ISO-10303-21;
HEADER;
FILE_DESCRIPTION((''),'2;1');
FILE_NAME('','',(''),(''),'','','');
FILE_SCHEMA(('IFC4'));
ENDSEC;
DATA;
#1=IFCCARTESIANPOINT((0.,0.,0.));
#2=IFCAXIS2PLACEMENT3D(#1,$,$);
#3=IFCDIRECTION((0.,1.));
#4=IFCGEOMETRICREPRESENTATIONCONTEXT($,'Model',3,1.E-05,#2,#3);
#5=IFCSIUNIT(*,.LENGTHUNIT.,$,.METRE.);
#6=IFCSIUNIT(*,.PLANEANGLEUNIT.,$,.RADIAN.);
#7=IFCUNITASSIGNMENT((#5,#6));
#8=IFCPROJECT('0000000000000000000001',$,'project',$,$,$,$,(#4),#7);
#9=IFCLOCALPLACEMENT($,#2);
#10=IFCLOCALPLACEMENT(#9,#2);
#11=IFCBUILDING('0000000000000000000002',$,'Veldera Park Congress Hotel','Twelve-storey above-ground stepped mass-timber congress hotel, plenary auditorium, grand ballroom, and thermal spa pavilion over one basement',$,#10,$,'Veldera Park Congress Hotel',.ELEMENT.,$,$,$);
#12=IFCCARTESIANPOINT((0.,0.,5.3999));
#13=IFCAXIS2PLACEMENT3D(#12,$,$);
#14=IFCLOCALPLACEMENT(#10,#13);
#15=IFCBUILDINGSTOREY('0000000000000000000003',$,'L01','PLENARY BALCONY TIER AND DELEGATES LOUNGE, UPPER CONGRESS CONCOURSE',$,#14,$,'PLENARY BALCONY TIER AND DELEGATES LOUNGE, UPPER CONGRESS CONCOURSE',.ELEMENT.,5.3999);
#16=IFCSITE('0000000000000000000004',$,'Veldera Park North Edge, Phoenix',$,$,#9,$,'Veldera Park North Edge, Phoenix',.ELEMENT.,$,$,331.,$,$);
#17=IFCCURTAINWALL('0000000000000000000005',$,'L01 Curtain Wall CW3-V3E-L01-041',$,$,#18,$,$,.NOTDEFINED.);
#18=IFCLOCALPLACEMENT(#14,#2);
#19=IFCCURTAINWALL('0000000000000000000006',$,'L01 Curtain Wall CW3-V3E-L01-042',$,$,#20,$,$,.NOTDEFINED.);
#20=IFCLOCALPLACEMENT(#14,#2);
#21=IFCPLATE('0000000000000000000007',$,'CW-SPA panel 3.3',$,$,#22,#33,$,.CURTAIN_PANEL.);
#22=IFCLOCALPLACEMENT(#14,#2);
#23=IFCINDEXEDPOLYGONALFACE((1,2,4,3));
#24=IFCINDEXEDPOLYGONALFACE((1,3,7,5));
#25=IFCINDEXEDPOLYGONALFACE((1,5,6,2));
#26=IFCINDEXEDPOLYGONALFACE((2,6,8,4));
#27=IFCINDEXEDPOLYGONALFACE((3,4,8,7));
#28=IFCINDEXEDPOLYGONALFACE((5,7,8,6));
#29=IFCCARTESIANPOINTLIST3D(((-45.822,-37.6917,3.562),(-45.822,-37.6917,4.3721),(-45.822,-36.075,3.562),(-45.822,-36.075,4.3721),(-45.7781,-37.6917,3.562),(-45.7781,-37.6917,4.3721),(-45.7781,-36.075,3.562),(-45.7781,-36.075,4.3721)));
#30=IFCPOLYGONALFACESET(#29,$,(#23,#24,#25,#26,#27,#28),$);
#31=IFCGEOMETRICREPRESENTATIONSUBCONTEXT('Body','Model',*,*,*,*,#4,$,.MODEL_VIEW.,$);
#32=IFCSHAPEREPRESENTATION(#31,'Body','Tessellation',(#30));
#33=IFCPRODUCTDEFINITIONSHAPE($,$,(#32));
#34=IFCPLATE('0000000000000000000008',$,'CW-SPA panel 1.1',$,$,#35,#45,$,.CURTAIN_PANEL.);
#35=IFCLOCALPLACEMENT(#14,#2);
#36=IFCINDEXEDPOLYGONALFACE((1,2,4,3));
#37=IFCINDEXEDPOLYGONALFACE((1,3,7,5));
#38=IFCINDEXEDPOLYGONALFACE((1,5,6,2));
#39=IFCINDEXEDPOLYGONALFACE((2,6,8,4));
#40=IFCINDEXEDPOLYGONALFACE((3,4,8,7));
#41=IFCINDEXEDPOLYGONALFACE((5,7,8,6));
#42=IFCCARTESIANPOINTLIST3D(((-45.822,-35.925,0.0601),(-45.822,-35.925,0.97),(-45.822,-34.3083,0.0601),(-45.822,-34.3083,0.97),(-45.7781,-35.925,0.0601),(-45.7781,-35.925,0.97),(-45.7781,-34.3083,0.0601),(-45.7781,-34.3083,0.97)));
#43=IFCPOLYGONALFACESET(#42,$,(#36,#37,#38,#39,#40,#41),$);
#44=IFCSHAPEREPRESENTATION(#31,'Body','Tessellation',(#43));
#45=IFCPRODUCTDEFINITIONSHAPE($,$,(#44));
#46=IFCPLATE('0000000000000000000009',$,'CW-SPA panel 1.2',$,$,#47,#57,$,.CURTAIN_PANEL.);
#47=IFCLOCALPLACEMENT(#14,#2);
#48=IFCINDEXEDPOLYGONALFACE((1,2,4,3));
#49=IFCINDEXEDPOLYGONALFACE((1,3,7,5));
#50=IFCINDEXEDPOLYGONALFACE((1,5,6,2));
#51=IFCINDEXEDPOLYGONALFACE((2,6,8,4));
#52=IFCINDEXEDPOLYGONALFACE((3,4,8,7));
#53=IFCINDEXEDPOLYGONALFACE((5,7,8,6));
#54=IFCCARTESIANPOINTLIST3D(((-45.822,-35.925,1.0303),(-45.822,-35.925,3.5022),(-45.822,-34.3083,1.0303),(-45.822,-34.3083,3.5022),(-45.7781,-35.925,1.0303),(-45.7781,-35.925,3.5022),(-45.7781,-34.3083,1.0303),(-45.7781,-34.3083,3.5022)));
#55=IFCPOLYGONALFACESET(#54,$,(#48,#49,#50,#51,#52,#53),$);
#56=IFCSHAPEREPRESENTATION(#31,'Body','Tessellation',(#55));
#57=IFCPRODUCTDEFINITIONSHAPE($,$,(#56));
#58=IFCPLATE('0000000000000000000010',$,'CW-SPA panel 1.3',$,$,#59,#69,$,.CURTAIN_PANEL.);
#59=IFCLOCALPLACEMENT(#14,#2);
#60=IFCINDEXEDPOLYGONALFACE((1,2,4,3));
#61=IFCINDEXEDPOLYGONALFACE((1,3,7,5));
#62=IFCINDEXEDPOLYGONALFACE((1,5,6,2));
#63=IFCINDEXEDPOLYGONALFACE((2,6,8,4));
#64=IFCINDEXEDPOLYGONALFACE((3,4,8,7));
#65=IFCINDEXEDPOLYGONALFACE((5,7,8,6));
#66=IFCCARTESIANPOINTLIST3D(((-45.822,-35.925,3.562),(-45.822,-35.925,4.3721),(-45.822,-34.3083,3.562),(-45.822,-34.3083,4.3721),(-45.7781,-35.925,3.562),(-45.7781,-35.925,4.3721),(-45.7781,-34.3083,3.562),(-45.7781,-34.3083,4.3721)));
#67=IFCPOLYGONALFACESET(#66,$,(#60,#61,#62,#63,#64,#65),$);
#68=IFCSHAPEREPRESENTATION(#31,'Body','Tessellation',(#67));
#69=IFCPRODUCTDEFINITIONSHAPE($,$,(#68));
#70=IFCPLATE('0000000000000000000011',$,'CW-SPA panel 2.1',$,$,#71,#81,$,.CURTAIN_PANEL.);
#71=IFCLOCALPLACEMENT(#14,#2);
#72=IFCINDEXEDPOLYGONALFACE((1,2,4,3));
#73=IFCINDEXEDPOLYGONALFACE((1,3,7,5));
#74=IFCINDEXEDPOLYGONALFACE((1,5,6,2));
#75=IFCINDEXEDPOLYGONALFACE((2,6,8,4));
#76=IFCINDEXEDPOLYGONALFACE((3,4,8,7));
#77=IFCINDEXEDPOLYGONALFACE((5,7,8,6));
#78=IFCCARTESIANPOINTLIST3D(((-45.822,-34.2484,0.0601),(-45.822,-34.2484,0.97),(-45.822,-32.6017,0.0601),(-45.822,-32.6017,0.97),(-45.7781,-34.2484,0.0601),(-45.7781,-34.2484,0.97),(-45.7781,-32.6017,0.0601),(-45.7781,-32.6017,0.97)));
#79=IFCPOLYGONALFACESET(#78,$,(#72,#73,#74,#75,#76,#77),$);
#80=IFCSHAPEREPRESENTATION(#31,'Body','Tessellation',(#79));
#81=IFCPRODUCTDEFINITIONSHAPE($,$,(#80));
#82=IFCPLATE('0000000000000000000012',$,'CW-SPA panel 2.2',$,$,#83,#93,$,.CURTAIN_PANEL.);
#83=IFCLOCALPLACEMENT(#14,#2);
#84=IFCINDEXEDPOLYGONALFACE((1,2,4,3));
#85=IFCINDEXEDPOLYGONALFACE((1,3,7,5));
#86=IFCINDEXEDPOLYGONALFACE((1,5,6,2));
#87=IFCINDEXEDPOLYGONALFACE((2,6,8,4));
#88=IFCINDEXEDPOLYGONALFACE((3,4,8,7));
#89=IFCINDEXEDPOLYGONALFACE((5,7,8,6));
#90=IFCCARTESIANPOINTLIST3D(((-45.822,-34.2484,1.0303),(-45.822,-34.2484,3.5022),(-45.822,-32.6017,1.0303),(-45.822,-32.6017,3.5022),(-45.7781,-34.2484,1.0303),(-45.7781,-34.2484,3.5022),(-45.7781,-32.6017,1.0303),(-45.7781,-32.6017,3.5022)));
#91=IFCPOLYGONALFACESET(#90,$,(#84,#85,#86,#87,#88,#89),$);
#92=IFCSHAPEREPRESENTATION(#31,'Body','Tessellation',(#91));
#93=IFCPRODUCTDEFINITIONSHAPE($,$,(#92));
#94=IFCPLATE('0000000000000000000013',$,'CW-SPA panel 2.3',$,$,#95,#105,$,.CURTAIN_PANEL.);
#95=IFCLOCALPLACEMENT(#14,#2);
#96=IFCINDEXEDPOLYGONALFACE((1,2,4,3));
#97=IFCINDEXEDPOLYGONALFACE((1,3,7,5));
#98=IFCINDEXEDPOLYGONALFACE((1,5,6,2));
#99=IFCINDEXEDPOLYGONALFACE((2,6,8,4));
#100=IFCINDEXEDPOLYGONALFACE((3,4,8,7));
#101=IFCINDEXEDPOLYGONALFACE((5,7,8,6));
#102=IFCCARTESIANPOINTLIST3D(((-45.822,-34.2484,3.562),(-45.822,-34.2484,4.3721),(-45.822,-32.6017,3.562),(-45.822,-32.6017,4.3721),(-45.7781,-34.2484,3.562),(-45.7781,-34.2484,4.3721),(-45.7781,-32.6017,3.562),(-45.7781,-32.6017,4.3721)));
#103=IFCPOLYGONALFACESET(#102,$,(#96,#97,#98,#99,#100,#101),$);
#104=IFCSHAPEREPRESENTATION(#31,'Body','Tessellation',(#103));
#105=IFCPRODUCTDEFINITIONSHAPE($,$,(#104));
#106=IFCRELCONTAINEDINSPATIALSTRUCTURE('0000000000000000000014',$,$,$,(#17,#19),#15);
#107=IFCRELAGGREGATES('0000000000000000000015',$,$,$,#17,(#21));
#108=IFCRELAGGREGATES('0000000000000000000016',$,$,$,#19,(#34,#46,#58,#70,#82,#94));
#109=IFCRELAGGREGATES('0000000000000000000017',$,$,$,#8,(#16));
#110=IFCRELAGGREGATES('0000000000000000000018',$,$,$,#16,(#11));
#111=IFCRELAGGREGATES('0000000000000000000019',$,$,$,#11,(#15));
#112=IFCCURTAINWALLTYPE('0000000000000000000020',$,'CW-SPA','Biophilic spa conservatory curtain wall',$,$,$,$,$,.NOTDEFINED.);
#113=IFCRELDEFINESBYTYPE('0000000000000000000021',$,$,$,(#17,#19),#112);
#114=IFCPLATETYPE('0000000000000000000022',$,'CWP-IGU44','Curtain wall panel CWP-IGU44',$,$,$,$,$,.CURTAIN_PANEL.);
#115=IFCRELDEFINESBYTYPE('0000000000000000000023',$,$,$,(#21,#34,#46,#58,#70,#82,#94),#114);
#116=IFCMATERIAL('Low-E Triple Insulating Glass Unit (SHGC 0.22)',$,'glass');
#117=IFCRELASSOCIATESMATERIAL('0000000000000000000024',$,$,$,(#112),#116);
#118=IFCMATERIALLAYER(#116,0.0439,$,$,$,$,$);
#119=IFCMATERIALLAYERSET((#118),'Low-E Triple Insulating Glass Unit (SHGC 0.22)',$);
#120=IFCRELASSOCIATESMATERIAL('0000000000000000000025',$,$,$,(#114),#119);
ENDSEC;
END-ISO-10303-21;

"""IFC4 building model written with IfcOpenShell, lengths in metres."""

from ifc_helpers import new_model, si_unit, direction, frame, origin, origin_2d, place, context, subcontext, project, spatial, rectangle, extrude, material, layer, layer_set, type_object, element, aggregate, save


model = new_model("IFC4")

# Units and contexts
model_context = context("Model", 3, precision=1e-05, world=origin(), true_north=direction((0.0, 1.0)))
body_context = subcontext(model_context, "Body", "Model", "MODEL_VIEW")
ifc_project = project(units=[si_unit("LENGTHUNIT", "METRE"), si_unit("PLANEANGLEUNIT", "RADIAN")], contexts=[model_context])

# Site, building, storey
site_placement = place(None, origin())
site = spatial("IfcSite", under=ifc_project, at=site_placement, Name="Veldera Park North Edge, Phoenix", LongName="Veldera Park North Edge, Phoenix", CompositionType="ELEMENT", RefElevation=331.0)
building_placement = place(site_placement, origin())
building = spatial("IfcBuilding", under=site, at=building_placement, Name="Veldera Park Congress Hotel", Description="Twelve-storey above-ground stepped mass-timber congress hotel, plenary auditorium, grand ballroom, and thermal spa pavilion over one basement", LongName="Veldera Park Congress Hotel", CompositionType="ELEMENT")
storey_placement = place(building_placement, frame((0.0, 0.0, 5.3999)))
storey = spatial("IfcBuildingStorey", under=building, at=storey_placement, Name="L01", Description="PLENARY BALCONY TIER AND DELEGATES LOUNGE, UPPER CONGRESS CONCOURSE", LongName="PLENARY BALCONY TIER AND DELEGATES LOUNGE, UPPER CONGRESS CONCOURSE", CompositionType="ELEMENT", Elevation=5.3999)

# Curtain walls
ifc_material_1 = material(Name="Low-E Triple Insulating Glass Unit (SHGC 0.22)", Category="glass")
curtain_wall_type = type_object("IfcCurtainWallType", Name="CW-SPA", Description="Biophilic spa conservatory curtain wall", PredefinedType="NOTDEFINED", material=ifc_material_1)
curtain_wall_1_placement = place(storey_placement, origin())
curtain_wall_1 = element("IfcCurtainWall", 1, at=curtain_wall_1_placement, inside=storey, type_object=curtain_wall_type, Name="L01 Curtain Wall CW3-V3E-L01-041", PredefinedType="NOTDEFINED")
curtain_wall_2_placement = place(storey_placement, origin())
curtain_wall_2 = element("IfcCurtainWall", 2, at=curtain_wall_2_placement, inside=storey, type_object=curtain_wall_type, Name="L01 Curtain Wall CW3-V3E-L01-042", PredefinedType="NOTDEFINED")

# Plates
ifc_layer = layer(ifc_material_1, 0.0439)
ifc_layer_set = layer_set([ifc_layer], Name="Low-E Triple Insulating Glass Unit (SHGC 0.22)")
plate_type = type_object("IfcPlateType", Name="CWP-IGU44", Description="Curtain wall panel CWP-IGU44", PredefinedType="CURTAIN_PANEL", material=ifc_layer_set)
plate_1_placement = place(storey_placement, frame((-45.8, -36.8833, 3.562), z_axis=(0.0, 0.0, 1.0), x_axis=(0.0, 1.0, 0.0)))
plate_1 = element("IfcPlate", 3, at=plate_1_placement, type_object=plate_type, Name="CW-SPA panel 3.3", PredefinedType="CURTAIN_PANEL", context=body_context, shape_type="SweptSolid", body=[
    extrude(rectangle(XDim=1.6167, YDim=0.0439, at=origin_2d()), origin(), (0.0, 0.0, 1.0), 0.8101),
])
aggregate(curtain_wall_1, [plate_1])
plate_2_placement = place(storey_placement, frame((-45.8, -35.1167, 0.0601), z_axis=(0.0, 0.0, 1.0), x_axis=(0.0, 1.0, 0.0)))
plate_2 = element("IfcPlate", 4, at=plate_2_placement, type_object=plate_type, Name="CW-SPA panel 1.1", PredefinedType="CURTAIN_PANEL", context=body_context, shape_type="SweptSolid", body=[
    extrude(rectangle(XDim=1.6167, YDim=0.0439, at=origin_2d()), origin(), (0.0, 0.0, 1.0), 0.9099),
])
plate_3_placement = place(storey_placement, frame((-45.8, -35.1167, 1.0303), z_axis=(0.0, 0.0, 1.0), x_axis=(0.0, 1.0, 0.0)))
plate_3 = element("IfcPlate", 5, at=plate_3_placement, type_object=plate_type, Name="CW-SPA panel 1.2", PredefinedType="CURTAIN_PANEL", context=body_context, shape_type="SweptSolid", body=[
    extrude(rectangle(XDim=1.6167, YDim=0.0439, at=origin_2d()), origin(), (0.0, 0.0, 1.0), 2.4719),
])
plate_4_placement = place(storey_placement, frame((-45.8, -35.1167, 3.562), z_axis=(0.0, 0.0, 1.0), x_axis=(0.0, 1.0, 0.0)))
plate_4 = element("IfcPlate", 6, at=plate_4_placement, type_object=plate_type, Name="CW-SPA panel 1.3", PredefinedType="CURTAIN_PANEL", context=body_context, shape_type="SweptSolid", body=[
    extrude(rectangle(XDim=1.6167, YDim=0.0439, at=origin_2d()), origin(), (0.0, 0.0, 1.0), 0.8101),
])
plate_5_placement = place(storey_placement, frame((-45.8, -33.425, 0.0601), z_axis=(0.0, 0.0, 1.0), x_axis=(0.0, 1.0, 0.0)))
plate_5 = element("IfcPlate", 7, at=plate_5_placement, type_object=plate_type, Name="CW-SPA panel 2.1", PredefinedType="CURTAIN_PANEL", context=body_context, shape_type="SweptSolid", body=[
    extrude(rectangle(XDim=1.6467, YDim=0.0439, at=origin_2d()), origin(), (0.0, 0.0, 1.0), 0.9099),
])
plate_6_placement = place(storey_placement, frame((-45.8, -33.425, 1.0303), z_axis=(0.0, 0.0, 1.0), x_axis=(0.0, 1.0, 0.0)))
plate_6 = element("IfcPlate", 8, at=plate_6_placement, type_object=plate_type, Name="CW-SPA panel 2.2", PredefinedType="CURTAIN_PANEL", context=body_context, shape_type="SweptSolid", body=[
    extrude(rectangle(XDim=1.6467, YDim=0.0439, at=origin_2d()), origin(), (0.0, 0.0, 1.0), 2.4719),
])
plate_7_placement = place(storey_placement, frame((-45.8, -33.425, 3.562), z_axis=(0.0, 0.0, 1.0), x_axis=(0.0, 1.0, 0.0)))
plate_7 = element("IfcPlate", 9, at=plate_7_placement, type_object=plate_type, Name="CW-SPA panel 2.3", PredefinedType="CURTAIN_PANEL", context=body_context, shape_type="SweptSolid", body=[
    extrude(rectangle(XDim=1.6467, YDim=0.0439, at=origin_2d()), origin(), (0.0, 0.0, 1.0), 0.8101),
])
aggregate(curtain_wall_2, [plate_2, plate_3, plate_4, plate_5, plate_6, plate_7])

save(model, "model.ifc")
